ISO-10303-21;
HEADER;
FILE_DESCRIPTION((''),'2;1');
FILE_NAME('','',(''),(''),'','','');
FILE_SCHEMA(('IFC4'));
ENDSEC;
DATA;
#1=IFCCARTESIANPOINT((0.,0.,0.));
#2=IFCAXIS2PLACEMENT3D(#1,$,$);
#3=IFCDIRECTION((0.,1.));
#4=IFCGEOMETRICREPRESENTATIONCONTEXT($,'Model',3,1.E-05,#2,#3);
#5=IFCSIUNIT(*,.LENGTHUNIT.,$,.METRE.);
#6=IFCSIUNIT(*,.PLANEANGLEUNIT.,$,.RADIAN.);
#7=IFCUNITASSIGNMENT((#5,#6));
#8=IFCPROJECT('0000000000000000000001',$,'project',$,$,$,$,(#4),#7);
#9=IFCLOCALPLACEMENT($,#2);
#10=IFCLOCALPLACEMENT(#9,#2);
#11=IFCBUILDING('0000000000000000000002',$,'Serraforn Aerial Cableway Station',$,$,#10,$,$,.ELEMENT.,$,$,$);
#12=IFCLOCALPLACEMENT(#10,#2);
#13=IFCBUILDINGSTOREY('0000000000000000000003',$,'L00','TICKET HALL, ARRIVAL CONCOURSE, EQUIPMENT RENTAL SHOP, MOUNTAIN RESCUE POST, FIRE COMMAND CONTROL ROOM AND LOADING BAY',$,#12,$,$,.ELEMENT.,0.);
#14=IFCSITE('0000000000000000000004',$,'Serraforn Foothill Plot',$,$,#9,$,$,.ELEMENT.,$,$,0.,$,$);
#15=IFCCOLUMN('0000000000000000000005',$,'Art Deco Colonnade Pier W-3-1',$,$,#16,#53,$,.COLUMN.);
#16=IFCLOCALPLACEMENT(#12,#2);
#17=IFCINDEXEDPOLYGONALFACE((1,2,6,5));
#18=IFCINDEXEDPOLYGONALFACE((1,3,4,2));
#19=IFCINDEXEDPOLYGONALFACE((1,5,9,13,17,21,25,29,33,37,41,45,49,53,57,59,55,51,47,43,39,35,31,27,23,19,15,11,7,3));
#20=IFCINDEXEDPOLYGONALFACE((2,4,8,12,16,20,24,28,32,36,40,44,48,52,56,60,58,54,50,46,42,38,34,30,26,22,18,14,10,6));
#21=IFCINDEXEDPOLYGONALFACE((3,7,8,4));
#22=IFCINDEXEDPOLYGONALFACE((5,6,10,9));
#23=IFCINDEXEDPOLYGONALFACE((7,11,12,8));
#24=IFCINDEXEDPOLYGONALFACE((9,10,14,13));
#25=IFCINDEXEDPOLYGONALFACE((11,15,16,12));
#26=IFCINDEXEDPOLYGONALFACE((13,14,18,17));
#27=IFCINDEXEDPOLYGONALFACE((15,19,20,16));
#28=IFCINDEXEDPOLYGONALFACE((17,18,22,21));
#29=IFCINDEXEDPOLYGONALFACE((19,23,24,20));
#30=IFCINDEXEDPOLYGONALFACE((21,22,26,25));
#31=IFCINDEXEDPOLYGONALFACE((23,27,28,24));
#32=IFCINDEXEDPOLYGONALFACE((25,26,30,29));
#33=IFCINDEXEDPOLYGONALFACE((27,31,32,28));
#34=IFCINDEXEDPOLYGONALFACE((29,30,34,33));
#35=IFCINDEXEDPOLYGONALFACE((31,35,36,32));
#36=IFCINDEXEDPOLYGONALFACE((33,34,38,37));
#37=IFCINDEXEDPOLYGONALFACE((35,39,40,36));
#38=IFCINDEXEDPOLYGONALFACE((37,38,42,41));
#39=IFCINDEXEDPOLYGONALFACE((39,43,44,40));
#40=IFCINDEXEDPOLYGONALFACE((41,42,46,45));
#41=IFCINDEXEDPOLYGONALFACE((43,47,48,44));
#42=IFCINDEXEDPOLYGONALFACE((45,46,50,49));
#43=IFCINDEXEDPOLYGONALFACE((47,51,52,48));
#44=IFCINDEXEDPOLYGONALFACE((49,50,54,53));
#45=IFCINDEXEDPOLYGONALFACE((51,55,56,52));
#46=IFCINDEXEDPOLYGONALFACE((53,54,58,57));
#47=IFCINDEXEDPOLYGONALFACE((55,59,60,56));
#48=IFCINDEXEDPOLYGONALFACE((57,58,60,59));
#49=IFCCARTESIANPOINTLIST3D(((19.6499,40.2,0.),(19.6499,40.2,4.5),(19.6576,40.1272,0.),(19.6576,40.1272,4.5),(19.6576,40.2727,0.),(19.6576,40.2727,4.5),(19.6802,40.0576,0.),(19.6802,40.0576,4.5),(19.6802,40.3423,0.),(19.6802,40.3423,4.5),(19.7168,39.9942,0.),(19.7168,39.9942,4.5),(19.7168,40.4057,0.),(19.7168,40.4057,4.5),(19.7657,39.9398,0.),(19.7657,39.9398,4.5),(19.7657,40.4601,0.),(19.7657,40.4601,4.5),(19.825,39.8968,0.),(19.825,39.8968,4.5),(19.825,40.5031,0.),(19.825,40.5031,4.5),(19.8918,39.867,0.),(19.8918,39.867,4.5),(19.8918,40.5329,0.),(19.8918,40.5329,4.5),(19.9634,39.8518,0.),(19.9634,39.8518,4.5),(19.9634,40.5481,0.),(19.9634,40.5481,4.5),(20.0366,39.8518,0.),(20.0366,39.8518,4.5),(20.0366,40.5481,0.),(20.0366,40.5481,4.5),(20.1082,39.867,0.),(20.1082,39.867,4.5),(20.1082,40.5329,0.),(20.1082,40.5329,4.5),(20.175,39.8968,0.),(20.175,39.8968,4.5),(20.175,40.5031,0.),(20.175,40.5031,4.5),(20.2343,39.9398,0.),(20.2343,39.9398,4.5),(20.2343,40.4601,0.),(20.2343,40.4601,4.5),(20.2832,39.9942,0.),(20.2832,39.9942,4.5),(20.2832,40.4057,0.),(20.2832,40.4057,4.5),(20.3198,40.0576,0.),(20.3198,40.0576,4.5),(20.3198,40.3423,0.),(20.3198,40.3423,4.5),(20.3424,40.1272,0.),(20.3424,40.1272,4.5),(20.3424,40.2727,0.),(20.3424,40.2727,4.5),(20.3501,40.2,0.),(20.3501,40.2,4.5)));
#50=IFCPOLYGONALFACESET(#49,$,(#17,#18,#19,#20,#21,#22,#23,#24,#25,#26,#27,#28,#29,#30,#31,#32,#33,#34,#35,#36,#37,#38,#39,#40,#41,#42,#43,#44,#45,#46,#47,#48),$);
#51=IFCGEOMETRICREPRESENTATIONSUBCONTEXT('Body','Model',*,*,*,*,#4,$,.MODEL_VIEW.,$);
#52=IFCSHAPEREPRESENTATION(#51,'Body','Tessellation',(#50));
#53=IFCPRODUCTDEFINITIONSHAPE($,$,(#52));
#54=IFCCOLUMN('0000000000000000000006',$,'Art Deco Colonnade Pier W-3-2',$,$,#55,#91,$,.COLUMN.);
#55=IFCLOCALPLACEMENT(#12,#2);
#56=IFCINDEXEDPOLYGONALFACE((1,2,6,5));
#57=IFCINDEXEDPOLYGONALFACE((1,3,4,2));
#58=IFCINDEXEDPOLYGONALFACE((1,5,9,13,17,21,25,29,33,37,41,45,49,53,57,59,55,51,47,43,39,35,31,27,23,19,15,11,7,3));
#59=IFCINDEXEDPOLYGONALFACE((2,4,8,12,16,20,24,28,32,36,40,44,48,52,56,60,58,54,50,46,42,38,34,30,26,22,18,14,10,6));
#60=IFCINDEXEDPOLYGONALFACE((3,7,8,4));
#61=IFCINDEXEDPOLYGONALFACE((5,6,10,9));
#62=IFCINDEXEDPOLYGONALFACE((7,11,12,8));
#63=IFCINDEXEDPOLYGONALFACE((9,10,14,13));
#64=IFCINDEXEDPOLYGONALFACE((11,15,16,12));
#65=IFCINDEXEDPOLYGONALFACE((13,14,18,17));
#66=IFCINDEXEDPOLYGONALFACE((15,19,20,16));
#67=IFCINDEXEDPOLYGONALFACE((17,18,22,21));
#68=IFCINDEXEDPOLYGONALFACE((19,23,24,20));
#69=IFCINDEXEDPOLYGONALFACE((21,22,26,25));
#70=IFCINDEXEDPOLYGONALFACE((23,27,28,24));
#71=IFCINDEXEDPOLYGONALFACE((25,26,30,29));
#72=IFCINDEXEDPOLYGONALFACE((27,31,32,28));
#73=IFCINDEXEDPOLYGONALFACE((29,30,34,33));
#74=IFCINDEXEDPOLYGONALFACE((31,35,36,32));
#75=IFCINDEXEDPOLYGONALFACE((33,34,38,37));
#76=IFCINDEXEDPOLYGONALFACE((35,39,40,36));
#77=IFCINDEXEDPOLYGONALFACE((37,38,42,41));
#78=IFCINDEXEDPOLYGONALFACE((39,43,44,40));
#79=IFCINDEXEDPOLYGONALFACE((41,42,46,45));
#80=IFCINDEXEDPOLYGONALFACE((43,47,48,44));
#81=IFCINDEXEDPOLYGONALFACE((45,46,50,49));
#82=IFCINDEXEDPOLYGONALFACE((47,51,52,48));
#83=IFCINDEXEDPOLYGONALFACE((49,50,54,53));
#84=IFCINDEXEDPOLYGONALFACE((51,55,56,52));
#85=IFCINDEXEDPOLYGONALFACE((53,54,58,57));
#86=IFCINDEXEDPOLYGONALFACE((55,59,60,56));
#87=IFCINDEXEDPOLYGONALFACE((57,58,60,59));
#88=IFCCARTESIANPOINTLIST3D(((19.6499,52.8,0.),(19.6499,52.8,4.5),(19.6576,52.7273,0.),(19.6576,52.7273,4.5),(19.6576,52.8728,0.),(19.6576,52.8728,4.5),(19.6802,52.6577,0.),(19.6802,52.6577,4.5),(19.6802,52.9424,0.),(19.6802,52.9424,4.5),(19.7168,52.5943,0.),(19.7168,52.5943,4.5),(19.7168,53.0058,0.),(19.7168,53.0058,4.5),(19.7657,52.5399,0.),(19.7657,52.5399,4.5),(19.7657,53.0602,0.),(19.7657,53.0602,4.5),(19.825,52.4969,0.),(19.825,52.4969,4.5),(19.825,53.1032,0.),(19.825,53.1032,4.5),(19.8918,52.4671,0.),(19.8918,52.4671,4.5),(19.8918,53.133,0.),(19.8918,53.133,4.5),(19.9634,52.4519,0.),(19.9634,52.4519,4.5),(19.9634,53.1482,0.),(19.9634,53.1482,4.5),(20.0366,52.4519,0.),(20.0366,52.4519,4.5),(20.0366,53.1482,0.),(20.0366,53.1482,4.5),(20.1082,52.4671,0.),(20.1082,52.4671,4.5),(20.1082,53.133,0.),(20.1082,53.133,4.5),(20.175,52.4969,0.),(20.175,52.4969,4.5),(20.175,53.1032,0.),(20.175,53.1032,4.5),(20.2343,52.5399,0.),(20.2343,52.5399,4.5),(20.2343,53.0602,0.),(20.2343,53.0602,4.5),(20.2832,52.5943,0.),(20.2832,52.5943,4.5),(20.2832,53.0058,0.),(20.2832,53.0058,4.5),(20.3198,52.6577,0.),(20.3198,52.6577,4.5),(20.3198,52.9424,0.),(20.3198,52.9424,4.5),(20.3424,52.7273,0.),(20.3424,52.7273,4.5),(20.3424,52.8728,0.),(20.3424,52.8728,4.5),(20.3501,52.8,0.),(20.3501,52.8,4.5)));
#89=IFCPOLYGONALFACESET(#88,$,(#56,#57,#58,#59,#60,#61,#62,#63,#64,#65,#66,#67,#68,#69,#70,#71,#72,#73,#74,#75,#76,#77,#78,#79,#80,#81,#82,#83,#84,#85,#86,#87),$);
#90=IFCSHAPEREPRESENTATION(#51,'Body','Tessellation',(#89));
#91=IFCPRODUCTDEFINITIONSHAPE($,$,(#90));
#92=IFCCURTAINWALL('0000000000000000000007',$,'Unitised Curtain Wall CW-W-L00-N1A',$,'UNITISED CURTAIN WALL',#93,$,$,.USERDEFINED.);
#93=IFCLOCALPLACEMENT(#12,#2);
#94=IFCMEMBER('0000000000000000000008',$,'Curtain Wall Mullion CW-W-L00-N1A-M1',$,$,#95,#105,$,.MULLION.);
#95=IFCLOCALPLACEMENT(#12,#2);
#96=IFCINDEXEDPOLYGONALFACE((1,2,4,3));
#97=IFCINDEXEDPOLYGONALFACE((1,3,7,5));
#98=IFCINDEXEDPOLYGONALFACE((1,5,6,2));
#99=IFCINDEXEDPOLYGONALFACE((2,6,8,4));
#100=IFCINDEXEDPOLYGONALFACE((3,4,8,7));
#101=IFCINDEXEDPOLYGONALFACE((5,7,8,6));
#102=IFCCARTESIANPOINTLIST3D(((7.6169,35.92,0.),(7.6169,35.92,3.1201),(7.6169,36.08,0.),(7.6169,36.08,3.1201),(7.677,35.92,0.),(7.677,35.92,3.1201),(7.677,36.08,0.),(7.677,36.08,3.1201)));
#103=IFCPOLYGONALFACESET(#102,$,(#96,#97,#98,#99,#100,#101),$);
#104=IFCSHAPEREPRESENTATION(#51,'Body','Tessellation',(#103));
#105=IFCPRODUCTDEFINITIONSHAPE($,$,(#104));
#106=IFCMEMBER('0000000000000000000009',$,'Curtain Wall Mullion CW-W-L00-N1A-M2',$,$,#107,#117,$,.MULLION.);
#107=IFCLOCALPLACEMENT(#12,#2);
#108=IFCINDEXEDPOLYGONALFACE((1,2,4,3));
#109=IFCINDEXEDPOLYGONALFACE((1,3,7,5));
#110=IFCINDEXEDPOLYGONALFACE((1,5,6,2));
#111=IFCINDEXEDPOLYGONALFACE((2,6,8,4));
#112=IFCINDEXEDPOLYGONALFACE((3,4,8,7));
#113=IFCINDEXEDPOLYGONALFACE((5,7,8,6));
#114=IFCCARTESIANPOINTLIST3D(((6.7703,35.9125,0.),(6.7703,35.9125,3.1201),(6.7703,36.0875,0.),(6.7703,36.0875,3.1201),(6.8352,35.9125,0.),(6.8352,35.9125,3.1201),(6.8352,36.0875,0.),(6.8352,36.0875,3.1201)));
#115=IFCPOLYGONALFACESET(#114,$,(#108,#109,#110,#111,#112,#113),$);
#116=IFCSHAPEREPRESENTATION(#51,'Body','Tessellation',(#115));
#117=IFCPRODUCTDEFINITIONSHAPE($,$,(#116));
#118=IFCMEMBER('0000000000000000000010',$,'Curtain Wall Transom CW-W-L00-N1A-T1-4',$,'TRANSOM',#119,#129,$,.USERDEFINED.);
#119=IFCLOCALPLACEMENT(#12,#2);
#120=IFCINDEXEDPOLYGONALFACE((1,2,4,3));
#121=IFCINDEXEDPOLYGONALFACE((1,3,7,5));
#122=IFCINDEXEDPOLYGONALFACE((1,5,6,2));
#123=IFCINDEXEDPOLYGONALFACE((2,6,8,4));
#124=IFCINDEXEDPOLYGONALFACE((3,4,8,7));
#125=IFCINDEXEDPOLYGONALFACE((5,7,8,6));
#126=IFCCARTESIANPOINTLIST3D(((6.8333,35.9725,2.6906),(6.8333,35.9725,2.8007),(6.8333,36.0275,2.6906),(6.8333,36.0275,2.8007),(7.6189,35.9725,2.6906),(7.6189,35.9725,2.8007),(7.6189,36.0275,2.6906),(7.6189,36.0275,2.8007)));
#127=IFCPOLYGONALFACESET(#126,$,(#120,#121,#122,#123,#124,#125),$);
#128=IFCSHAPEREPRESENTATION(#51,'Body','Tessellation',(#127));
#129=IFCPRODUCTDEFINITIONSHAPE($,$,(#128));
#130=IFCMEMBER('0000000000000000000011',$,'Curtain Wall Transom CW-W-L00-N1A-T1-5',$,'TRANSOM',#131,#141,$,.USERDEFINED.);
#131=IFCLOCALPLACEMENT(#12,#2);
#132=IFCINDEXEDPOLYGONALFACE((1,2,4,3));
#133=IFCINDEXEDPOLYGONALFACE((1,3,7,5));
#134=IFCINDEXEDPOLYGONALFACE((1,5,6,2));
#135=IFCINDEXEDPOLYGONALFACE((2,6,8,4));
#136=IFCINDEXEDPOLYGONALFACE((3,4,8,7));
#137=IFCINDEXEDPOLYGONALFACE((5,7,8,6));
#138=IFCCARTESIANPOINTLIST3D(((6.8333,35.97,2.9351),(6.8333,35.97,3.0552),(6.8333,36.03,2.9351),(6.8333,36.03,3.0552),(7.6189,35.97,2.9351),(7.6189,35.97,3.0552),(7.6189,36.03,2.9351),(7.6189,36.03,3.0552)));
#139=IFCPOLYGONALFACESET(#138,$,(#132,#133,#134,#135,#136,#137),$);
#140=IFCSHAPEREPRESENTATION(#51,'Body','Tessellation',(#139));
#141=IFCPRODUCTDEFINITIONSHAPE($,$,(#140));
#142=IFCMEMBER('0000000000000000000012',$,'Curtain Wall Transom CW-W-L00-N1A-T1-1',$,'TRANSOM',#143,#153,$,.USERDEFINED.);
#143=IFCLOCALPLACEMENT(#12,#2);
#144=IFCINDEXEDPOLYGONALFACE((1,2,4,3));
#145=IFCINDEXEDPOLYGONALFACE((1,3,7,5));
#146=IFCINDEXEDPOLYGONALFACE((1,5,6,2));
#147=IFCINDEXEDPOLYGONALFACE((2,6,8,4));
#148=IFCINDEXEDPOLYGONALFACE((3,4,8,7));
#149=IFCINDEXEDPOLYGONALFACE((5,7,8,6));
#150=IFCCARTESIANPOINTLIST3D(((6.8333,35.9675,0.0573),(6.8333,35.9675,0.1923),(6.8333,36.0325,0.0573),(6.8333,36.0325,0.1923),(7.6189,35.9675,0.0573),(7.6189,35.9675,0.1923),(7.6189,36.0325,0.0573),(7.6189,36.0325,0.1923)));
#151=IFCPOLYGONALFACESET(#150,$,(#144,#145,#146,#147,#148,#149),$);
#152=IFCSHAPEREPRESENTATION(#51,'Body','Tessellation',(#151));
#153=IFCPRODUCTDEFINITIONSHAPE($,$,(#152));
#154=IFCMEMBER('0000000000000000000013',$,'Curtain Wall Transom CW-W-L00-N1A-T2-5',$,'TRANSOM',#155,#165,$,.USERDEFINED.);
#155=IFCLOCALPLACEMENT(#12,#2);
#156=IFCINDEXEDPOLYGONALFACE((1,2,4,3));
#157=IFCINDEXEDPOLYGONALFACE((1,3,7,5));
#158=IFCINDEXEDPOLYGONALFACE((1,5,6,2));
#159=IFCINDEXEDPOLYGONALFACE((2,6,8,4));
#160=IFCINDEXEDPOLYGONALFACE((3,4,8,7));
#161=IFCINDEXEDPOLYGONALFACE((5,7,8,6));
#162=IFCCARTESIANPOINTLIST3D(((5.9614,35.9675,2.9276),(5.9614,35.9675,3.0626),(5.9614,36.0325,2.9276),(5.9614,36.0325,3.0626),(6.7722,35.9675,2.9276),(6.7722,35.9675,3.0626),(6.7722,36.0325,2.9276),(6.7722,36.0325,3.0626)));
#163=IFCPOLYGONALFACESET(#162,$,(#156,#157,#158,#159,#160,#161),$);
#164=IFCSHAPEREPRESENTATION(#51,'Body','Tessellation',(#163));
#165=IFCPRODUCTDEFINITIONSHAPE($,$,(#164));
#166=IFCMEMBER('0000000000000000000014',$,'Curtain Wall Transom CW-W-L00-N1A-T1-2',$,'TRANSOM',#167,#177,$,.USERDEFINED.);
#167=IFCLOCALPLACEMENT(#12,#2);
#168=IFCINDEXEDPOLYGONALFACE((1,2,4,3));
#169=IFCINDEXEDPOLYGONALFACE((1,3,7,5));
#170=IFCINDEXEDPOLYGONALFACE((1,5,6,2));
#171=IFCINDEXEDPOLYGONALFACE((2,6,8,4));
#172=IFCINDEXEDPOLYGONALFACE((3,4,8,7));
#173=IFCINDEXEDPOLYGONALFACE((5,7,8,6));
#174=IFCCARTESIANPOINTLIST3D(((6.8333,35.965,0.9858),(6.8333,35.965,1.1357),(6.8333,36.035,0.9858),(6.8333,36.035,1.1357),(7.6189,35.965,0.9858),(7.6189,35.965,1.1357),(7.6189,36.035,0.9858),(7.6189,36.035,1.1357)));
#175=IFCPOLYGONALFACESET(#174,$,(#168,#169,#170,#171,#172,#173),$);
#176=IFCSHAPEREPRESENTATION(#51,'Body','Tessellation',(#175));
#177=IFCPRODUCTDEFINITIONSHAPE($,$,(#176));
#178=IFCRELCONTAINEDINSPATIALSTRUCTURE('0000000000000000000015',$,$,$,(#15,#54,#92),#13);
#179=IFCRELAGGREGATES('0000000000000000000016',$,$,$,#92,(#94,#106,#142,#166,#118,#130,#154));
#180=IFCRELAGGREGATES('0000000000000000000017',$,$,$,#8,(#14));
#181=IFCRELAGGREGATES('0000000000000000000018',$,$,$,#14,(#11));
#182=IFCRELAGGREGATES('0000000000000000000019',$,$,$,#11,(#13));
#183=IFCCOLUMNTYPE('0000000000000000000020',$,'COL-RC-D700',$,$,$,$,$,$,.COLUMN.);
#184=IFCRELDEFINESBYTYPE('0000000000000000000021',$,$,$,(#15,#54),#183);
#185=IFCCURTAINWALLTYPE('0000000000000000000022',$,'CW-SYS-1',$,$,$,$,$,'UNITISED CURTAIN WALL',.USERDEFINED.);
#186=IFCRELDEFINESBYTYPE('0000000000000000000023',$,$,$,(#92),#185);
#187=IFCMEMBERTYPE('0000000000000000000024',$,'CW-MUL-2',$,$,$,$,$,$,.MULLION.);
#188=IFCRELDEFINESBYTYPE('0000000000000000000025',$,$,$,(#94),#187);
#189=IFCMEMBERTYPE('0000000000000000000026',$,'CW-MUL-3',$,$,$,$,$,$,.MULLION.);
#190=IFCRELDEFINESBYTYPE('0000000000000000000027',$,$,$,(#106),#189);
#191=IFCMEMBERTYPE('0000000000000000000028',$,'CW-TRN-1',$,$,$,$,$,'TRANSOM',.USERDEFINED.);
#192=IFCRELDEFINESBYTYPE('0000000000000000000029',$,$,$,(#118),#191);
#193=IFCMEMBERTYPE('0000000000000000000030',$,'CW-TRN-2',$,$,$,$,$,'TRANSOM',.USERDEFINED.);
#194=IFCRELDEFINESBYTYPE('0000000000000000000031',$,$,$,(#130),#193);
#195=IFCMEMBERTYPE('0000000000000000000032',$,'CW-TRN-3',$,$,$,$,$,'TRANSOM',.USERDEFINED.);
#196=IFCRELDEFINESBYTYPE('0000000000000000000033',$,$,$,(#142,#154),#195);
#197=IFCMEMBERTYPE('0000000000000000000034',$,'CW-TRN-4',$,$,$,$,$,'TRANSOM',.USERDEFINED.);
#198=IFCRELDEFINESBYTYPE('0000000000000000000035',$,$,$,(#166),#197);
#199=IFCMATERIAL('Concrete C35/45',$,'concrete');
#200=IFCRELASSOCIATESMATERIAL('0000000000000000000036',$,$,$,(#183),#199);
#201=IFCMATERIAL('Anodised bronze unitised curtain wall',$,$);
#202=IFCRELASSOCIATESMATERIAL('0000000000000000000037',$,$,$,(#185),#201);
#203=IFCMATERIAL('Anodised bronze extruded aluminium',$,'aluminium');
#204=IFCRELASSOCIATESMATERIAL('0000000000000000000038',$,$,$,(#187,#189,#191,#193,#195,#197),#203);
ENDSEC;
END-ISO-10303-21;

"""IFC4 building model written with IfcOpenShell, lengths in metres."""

from ifc_helpers import new_model, si_unit, direction, frame, origin, origin_2d, place, context, subcontext, project, spatial, rectangle, circle, extrude, material, material_profile, profile_set, type_object, element, aggregate, save


model = new_model("IFC4")

# Units and contexts
model_context = context("Model", 3, precision=1e-05, world=origin(), true_north=direction((0.0, 1.0)))
body_context = subcontext(model_context, "Body", "Model", "MODEL_VIEW")
ifc_project = project(units=[si_unit("LENGTHUNIT", "METRE"), si_unit("PLANEANGLEUNIT", "RADIAN")], contexts=[model_context])

# Site, building, storey
site_placement = place(None, origin())
site = spatial("IfcSite", under=ifc_project, at=site_placement, Name="Serraforn Foothill Plot", CompositionType="ELEMENT", RefElevation=0.0)
building_placement = place(site_placement, origin())
building = spatial("IfcBuilding", under=site, at=building_placement, Name="Serraforn Aerial Cableway Station", CompositionType="ELEMENT")
storey_placement = place(building_placement, origin())
storey = spatial("IfcBuildingStorey", under=building, at=storey_placement, Name="L00", Description="TICKET HALL, ARRIVAL CONCOURSE, EQUIPMENT RENTAL SHOP, MOUNTAIN RESCUE POST, FIRE COMMAND CONTROL ROOM AND LOADING BAY", CompositionType="ELEMENT", Elevation=0.0)

# Shared definitions
ifc_material_1 = material(Name="Concrete C35/45", Category="concrete")

# Columns
ifc_material_profile_1 = material_profile(ifc_material_1, circle(Radius=0.3501, at=origin_2d()), Name="RC D700")
ifc_profile_set_1 = profile_set([ifc_material_profile_1], Name="Concrete C35/45")
column_type_1 = type_object("IfcColumnType", Name="COL-RC-D700", PredefinedType="COLUMN", material=ifc_profile_set_1)
for number, where, z_axis, x_axis, name in (
    (1, (20.0, 40.2, 0.0), (0.0, 0.0, 1.0), (1.0, 0.0, 0.0), "Art Deco Colonnade Pier W-3-1"),
    (2, (20.0, 52.8, 0.0), (0.0, 0.0, 1.0), (1.0, 0.0, 0.0), "Art Deco Colonnade Pier W-3-2"),
):
    element("IfcColumn", number, at=place(storey_placement, frame(where, z_axis=z_axis, x_axis=x_axis)), inside=storey, type_object=column_type_1, Name=name, PredefinedType="COLUMN", context=body_context, shape_type="SweptSolid", body=[
        extrude(circle(Radius=0.3501, at=origin_2d()), origin(), (0.0, 0.0, 1.0), 4.5),
    ])

# Curtain wall, members
ifc_material_2 = material(Name="Anodised bronze unitised curtain wall")
curtain_wall_type = type_object("IfcCurtainWallType", Name="CW-SYS-1", ElementType="UNITISED CURTAIN WALL", PredefinedType="USERDEFINED", material=ifc_material_2)
curtain_wall_placement = place(storey_placement, origin())
curtain_wall = element("IfcCurtainWall", 3, at=curtain_wall_placement, inside=storey, type_object=curtain_wall_type, Name="Unitised Curtain Wall CW-W-L00-N1A", ObjectType="UNITISED CURTAIN WALL", PredefinedType="USERDEFINED")
ifc_material_3 = material(Name="Anodised bronze extruded aluminium", Category="aluminium")
ifc_material_profile_2 = material_profile(ifc_material_3, rectangle(XDim=0.0601, YDim=0.1599, at=origin_2d()), Name="CW MULLION 60x160")
ifc_profile_set_2 = profile_set([ifc_material_profile_2], Name="Anodised bronze extruded aluminium")
member_type_1 = type_object("IfcMemberType", Name="CW-MUL-2", PredefinedType="MULLION", material=ifc_profile_set_2)
member_1_placement = place(storey_placement, frame((7.647, 36.0, 0.0), z_axis=(0.0, 0.0, 1.0), x_axis=(-1.0, 0.0, 0.0)))
member_1 = element("IfcMember", 4, at=member_1_placement, type_object=member_type_1, Name="Curtain Wall Mullion CW-W-L00-N1A-M1", PredefinedType="MULLION", context=body_context, shape_type="SweptSolid", body=[
    extrude(rectangle(XDim=0.0601, YDim=0.1599, at=origin_2d()), origin(), (0.0, 0.0, 1.0), 3.1201),
])
ifc_material_profile_3 = material_profile(ifc_material_3, rectangle(XDim=0.0649, YDim=0.175, at=origin_2d()), Name="CW MULLION 65x175")
ifc_profile_set_3 = profile_set([ifc_material_profile_3], Name="Anodised bronze extruded aluminium")
member_type_2 = type_object("IfcMemberType", Name="CW-MUL-3", PredefinedType="MULLION", material=ifc_profile_set_3)
member_2_placement = place(storey_placement, frame((6.8027, 36.0, 0.0), z_axis=(0.0, 0.0, 1.0), x_axis=(-1.0, 0.0, 0.0)))
member_2 = element("IfcMember", 5, at=member_2_placement, type_object=member_type_2, Name="Curtain Wall Mullion CW-W-L00-N1A-M2", PredefinedType="MULLION", context=body_context, shape_type="SweptSolid", body=[
    extrude(rectangle(XDim=0.0649, YDim=0.175, at=origin_2d()), origin(), (0.0, 0.0, 1.0), 3.1201),
])
ifc_material_profile_4 = material_profile(ifc_material_3, rectangle(XDim=0.0549, YDim=0.1101, at=origin_2d()), Name="CW TRANSOM 55x110")
ifc_profile_set_4 = profile_set([ifc_material_profile_4], Name="Anodised bronze extruded aluminium")
member_type_3 = type_object("IfcMemberType", Name="CW-TRN-1", ElementType="TRANSOM", PredefinedType="USERDEFINED", material=ifc_profile_set_4)
member_3_placement = place(storey_placement, frame((7.6189, 36.0, 2.7456), z_axis=(-1.0, 0.0, 0.0), x_axis=(0.0, -1.0, 0.0)))
member_3 = element("IfcMember", 6, at=member_3_placement, type_object=member_type_3, Name="Curtain Wall Transom CW-W-L00-N1A-T1-4", ObjectType="TRANSOM", PredefinedType="USERDEFINED", context=body_context, shape_type="SweptSolid", body=[
    extrude(rectangle(XDim=0.0549, YDim=0.1101, at=origin_2d()), origin(), (0.0, 0.0, 1.0), 0.7856),
])
ifc_material_profile_5 = material_profile(ifc_material_3, rectangle(XDim=0.0601, YDim=0.1201, at=origin_2d()), Name="CW TRANSOM 60x120")
ifc_profile_set_5 = profile_set([ifc_material_profile_5], Name="Anodised bronze extruded aluminium")
member_type_4 = type_object("IfcMemberType", Name="CW-TRN-2", ElementType="TRANSOM", PredefinedType="USERDEFINED", material=ifc_profile_set_5)
member_4_placement = place(storey_placement, frame((7.6189, 36.0, 2.9951), z_axis=(-1.0, 0.0, 0.0), x_axis=(0.0, -1.0, 0.0)))
member_4 = element("IfcMember", 7, at=member_4_placement, type_object=member_type_4, Name="Curtain Wall Transom CW-W-L00-N1A-T1-5", ObjectType="TRANSOM", PredefinedType="USERDEFINED", context=body_context, shape_type="SweptSolid", body=[
    extrude(rectangle(XDim=0.0601, YDim=0.1201, at=origin_2d()), origin(), (0.0, 0.0, 1.0), 0.7856),
])
ifc_material_profile_6 = material_profile(ifc_material_3, rectangle(XDim=0.0649, YDim=0.135, at=origin_2d()), Name="CW TRANSOM 65x135")
ifc_profile_set_6 = profile_set([ifc_material_profile_6], Name="Anodised bronze extruded aluminium")
member_type_5 = type_object("IfcMemberType", Name="CW-TRN-3", ElementType="TRANSOM", PredefinedType="USERDEFINED", material=ifc_profile_set_6)
member_5_placement = place(storey_placement, frame((7.6189, 36.0, 0.1248), z_axis=(-1.0, 0.0, 0.0), x_axis=(0.0, -1.0, 0.0)))
member_5 = element("IfcMember", 8, at=member_5_placement, type_object=member_type_5, Name="Curtain Wall Transom CW-W-L00-N1A-T1-1", ObjectType="TRANSOM", PredefinedType="USERDEFINED", context=body_context, shape_type="SweptSolid", body=[
    extrude(rectangle(XDim=0.0649, YDim=0.135, at=origin_2d()), origin(), (0.0, 0.0, 1.0), 0.7856),
])
member_6_placement = place(storey_placement, frame((6.7722, 36.0, 2.9951), z_axis=(-1.0, 0.0, 0.0), x_axis=(0.0, -1.0, 0.0)))
member_6 = element("IfcMember", 9, at=member_6_placement, type_object=member_type_5, Name="Curtain Wall Transom CW-W-L00-N1A-T2-5", ObjectType="TRANSOM", PredefinedType="USERDEFINED", context=body_context, shape_type="SweptSolid", body=[
    extrude(rectangle(XDim=0.0649, YDim=0.135, at=origin_2d()), origin(), (0.0, 0.0, 1.0), 0.8108),
])
ifc_material_profile_7 = material_profile(ifc_material_3, rectangle(XDim=0.0701, YDim=0.1499, at=origin_2d()), Name="CW TRANSOM 70x150")
ifc_profile_set_7 = profile_set([ifc_material_profile_7], Name="Anodised bronze extruded aluminium")
member_type_6 = type_object("IfcMemberType", Name="CW-TRN-4", ElementType="TRANSOM", PredefinedType="USERDEFINED", material=ifc_profile_set_7)
member_7_placement = place(storey_placement, frame((7.6189, 36.0, 1.0608), z_axis=(-1.0, 0.0, 0.0), x_axis=(0.0, -1.0, 0.0)))
member_7 = element("IfcMember", 10, at=member_7_placement, type_object=member_type_6, Name="Curtain Wall Transom CW-W-L00-N1A-T1-2", ObjectType="TRANSOM", PredefinedType="USERDEFINED", context=body_context, shape_type="SweptSolid", body=[
    extrude(rectangle(XDim=0.0701, YDim=0.1499, at=origin_2d()), origin(), (0.0, 0.0, 1.0), 0.7856),
])
aggregate(curtain_wall, [member_1, member_2, member_5, member_7, member_3, member_4, member_6])

save(model, "model.ifc")
